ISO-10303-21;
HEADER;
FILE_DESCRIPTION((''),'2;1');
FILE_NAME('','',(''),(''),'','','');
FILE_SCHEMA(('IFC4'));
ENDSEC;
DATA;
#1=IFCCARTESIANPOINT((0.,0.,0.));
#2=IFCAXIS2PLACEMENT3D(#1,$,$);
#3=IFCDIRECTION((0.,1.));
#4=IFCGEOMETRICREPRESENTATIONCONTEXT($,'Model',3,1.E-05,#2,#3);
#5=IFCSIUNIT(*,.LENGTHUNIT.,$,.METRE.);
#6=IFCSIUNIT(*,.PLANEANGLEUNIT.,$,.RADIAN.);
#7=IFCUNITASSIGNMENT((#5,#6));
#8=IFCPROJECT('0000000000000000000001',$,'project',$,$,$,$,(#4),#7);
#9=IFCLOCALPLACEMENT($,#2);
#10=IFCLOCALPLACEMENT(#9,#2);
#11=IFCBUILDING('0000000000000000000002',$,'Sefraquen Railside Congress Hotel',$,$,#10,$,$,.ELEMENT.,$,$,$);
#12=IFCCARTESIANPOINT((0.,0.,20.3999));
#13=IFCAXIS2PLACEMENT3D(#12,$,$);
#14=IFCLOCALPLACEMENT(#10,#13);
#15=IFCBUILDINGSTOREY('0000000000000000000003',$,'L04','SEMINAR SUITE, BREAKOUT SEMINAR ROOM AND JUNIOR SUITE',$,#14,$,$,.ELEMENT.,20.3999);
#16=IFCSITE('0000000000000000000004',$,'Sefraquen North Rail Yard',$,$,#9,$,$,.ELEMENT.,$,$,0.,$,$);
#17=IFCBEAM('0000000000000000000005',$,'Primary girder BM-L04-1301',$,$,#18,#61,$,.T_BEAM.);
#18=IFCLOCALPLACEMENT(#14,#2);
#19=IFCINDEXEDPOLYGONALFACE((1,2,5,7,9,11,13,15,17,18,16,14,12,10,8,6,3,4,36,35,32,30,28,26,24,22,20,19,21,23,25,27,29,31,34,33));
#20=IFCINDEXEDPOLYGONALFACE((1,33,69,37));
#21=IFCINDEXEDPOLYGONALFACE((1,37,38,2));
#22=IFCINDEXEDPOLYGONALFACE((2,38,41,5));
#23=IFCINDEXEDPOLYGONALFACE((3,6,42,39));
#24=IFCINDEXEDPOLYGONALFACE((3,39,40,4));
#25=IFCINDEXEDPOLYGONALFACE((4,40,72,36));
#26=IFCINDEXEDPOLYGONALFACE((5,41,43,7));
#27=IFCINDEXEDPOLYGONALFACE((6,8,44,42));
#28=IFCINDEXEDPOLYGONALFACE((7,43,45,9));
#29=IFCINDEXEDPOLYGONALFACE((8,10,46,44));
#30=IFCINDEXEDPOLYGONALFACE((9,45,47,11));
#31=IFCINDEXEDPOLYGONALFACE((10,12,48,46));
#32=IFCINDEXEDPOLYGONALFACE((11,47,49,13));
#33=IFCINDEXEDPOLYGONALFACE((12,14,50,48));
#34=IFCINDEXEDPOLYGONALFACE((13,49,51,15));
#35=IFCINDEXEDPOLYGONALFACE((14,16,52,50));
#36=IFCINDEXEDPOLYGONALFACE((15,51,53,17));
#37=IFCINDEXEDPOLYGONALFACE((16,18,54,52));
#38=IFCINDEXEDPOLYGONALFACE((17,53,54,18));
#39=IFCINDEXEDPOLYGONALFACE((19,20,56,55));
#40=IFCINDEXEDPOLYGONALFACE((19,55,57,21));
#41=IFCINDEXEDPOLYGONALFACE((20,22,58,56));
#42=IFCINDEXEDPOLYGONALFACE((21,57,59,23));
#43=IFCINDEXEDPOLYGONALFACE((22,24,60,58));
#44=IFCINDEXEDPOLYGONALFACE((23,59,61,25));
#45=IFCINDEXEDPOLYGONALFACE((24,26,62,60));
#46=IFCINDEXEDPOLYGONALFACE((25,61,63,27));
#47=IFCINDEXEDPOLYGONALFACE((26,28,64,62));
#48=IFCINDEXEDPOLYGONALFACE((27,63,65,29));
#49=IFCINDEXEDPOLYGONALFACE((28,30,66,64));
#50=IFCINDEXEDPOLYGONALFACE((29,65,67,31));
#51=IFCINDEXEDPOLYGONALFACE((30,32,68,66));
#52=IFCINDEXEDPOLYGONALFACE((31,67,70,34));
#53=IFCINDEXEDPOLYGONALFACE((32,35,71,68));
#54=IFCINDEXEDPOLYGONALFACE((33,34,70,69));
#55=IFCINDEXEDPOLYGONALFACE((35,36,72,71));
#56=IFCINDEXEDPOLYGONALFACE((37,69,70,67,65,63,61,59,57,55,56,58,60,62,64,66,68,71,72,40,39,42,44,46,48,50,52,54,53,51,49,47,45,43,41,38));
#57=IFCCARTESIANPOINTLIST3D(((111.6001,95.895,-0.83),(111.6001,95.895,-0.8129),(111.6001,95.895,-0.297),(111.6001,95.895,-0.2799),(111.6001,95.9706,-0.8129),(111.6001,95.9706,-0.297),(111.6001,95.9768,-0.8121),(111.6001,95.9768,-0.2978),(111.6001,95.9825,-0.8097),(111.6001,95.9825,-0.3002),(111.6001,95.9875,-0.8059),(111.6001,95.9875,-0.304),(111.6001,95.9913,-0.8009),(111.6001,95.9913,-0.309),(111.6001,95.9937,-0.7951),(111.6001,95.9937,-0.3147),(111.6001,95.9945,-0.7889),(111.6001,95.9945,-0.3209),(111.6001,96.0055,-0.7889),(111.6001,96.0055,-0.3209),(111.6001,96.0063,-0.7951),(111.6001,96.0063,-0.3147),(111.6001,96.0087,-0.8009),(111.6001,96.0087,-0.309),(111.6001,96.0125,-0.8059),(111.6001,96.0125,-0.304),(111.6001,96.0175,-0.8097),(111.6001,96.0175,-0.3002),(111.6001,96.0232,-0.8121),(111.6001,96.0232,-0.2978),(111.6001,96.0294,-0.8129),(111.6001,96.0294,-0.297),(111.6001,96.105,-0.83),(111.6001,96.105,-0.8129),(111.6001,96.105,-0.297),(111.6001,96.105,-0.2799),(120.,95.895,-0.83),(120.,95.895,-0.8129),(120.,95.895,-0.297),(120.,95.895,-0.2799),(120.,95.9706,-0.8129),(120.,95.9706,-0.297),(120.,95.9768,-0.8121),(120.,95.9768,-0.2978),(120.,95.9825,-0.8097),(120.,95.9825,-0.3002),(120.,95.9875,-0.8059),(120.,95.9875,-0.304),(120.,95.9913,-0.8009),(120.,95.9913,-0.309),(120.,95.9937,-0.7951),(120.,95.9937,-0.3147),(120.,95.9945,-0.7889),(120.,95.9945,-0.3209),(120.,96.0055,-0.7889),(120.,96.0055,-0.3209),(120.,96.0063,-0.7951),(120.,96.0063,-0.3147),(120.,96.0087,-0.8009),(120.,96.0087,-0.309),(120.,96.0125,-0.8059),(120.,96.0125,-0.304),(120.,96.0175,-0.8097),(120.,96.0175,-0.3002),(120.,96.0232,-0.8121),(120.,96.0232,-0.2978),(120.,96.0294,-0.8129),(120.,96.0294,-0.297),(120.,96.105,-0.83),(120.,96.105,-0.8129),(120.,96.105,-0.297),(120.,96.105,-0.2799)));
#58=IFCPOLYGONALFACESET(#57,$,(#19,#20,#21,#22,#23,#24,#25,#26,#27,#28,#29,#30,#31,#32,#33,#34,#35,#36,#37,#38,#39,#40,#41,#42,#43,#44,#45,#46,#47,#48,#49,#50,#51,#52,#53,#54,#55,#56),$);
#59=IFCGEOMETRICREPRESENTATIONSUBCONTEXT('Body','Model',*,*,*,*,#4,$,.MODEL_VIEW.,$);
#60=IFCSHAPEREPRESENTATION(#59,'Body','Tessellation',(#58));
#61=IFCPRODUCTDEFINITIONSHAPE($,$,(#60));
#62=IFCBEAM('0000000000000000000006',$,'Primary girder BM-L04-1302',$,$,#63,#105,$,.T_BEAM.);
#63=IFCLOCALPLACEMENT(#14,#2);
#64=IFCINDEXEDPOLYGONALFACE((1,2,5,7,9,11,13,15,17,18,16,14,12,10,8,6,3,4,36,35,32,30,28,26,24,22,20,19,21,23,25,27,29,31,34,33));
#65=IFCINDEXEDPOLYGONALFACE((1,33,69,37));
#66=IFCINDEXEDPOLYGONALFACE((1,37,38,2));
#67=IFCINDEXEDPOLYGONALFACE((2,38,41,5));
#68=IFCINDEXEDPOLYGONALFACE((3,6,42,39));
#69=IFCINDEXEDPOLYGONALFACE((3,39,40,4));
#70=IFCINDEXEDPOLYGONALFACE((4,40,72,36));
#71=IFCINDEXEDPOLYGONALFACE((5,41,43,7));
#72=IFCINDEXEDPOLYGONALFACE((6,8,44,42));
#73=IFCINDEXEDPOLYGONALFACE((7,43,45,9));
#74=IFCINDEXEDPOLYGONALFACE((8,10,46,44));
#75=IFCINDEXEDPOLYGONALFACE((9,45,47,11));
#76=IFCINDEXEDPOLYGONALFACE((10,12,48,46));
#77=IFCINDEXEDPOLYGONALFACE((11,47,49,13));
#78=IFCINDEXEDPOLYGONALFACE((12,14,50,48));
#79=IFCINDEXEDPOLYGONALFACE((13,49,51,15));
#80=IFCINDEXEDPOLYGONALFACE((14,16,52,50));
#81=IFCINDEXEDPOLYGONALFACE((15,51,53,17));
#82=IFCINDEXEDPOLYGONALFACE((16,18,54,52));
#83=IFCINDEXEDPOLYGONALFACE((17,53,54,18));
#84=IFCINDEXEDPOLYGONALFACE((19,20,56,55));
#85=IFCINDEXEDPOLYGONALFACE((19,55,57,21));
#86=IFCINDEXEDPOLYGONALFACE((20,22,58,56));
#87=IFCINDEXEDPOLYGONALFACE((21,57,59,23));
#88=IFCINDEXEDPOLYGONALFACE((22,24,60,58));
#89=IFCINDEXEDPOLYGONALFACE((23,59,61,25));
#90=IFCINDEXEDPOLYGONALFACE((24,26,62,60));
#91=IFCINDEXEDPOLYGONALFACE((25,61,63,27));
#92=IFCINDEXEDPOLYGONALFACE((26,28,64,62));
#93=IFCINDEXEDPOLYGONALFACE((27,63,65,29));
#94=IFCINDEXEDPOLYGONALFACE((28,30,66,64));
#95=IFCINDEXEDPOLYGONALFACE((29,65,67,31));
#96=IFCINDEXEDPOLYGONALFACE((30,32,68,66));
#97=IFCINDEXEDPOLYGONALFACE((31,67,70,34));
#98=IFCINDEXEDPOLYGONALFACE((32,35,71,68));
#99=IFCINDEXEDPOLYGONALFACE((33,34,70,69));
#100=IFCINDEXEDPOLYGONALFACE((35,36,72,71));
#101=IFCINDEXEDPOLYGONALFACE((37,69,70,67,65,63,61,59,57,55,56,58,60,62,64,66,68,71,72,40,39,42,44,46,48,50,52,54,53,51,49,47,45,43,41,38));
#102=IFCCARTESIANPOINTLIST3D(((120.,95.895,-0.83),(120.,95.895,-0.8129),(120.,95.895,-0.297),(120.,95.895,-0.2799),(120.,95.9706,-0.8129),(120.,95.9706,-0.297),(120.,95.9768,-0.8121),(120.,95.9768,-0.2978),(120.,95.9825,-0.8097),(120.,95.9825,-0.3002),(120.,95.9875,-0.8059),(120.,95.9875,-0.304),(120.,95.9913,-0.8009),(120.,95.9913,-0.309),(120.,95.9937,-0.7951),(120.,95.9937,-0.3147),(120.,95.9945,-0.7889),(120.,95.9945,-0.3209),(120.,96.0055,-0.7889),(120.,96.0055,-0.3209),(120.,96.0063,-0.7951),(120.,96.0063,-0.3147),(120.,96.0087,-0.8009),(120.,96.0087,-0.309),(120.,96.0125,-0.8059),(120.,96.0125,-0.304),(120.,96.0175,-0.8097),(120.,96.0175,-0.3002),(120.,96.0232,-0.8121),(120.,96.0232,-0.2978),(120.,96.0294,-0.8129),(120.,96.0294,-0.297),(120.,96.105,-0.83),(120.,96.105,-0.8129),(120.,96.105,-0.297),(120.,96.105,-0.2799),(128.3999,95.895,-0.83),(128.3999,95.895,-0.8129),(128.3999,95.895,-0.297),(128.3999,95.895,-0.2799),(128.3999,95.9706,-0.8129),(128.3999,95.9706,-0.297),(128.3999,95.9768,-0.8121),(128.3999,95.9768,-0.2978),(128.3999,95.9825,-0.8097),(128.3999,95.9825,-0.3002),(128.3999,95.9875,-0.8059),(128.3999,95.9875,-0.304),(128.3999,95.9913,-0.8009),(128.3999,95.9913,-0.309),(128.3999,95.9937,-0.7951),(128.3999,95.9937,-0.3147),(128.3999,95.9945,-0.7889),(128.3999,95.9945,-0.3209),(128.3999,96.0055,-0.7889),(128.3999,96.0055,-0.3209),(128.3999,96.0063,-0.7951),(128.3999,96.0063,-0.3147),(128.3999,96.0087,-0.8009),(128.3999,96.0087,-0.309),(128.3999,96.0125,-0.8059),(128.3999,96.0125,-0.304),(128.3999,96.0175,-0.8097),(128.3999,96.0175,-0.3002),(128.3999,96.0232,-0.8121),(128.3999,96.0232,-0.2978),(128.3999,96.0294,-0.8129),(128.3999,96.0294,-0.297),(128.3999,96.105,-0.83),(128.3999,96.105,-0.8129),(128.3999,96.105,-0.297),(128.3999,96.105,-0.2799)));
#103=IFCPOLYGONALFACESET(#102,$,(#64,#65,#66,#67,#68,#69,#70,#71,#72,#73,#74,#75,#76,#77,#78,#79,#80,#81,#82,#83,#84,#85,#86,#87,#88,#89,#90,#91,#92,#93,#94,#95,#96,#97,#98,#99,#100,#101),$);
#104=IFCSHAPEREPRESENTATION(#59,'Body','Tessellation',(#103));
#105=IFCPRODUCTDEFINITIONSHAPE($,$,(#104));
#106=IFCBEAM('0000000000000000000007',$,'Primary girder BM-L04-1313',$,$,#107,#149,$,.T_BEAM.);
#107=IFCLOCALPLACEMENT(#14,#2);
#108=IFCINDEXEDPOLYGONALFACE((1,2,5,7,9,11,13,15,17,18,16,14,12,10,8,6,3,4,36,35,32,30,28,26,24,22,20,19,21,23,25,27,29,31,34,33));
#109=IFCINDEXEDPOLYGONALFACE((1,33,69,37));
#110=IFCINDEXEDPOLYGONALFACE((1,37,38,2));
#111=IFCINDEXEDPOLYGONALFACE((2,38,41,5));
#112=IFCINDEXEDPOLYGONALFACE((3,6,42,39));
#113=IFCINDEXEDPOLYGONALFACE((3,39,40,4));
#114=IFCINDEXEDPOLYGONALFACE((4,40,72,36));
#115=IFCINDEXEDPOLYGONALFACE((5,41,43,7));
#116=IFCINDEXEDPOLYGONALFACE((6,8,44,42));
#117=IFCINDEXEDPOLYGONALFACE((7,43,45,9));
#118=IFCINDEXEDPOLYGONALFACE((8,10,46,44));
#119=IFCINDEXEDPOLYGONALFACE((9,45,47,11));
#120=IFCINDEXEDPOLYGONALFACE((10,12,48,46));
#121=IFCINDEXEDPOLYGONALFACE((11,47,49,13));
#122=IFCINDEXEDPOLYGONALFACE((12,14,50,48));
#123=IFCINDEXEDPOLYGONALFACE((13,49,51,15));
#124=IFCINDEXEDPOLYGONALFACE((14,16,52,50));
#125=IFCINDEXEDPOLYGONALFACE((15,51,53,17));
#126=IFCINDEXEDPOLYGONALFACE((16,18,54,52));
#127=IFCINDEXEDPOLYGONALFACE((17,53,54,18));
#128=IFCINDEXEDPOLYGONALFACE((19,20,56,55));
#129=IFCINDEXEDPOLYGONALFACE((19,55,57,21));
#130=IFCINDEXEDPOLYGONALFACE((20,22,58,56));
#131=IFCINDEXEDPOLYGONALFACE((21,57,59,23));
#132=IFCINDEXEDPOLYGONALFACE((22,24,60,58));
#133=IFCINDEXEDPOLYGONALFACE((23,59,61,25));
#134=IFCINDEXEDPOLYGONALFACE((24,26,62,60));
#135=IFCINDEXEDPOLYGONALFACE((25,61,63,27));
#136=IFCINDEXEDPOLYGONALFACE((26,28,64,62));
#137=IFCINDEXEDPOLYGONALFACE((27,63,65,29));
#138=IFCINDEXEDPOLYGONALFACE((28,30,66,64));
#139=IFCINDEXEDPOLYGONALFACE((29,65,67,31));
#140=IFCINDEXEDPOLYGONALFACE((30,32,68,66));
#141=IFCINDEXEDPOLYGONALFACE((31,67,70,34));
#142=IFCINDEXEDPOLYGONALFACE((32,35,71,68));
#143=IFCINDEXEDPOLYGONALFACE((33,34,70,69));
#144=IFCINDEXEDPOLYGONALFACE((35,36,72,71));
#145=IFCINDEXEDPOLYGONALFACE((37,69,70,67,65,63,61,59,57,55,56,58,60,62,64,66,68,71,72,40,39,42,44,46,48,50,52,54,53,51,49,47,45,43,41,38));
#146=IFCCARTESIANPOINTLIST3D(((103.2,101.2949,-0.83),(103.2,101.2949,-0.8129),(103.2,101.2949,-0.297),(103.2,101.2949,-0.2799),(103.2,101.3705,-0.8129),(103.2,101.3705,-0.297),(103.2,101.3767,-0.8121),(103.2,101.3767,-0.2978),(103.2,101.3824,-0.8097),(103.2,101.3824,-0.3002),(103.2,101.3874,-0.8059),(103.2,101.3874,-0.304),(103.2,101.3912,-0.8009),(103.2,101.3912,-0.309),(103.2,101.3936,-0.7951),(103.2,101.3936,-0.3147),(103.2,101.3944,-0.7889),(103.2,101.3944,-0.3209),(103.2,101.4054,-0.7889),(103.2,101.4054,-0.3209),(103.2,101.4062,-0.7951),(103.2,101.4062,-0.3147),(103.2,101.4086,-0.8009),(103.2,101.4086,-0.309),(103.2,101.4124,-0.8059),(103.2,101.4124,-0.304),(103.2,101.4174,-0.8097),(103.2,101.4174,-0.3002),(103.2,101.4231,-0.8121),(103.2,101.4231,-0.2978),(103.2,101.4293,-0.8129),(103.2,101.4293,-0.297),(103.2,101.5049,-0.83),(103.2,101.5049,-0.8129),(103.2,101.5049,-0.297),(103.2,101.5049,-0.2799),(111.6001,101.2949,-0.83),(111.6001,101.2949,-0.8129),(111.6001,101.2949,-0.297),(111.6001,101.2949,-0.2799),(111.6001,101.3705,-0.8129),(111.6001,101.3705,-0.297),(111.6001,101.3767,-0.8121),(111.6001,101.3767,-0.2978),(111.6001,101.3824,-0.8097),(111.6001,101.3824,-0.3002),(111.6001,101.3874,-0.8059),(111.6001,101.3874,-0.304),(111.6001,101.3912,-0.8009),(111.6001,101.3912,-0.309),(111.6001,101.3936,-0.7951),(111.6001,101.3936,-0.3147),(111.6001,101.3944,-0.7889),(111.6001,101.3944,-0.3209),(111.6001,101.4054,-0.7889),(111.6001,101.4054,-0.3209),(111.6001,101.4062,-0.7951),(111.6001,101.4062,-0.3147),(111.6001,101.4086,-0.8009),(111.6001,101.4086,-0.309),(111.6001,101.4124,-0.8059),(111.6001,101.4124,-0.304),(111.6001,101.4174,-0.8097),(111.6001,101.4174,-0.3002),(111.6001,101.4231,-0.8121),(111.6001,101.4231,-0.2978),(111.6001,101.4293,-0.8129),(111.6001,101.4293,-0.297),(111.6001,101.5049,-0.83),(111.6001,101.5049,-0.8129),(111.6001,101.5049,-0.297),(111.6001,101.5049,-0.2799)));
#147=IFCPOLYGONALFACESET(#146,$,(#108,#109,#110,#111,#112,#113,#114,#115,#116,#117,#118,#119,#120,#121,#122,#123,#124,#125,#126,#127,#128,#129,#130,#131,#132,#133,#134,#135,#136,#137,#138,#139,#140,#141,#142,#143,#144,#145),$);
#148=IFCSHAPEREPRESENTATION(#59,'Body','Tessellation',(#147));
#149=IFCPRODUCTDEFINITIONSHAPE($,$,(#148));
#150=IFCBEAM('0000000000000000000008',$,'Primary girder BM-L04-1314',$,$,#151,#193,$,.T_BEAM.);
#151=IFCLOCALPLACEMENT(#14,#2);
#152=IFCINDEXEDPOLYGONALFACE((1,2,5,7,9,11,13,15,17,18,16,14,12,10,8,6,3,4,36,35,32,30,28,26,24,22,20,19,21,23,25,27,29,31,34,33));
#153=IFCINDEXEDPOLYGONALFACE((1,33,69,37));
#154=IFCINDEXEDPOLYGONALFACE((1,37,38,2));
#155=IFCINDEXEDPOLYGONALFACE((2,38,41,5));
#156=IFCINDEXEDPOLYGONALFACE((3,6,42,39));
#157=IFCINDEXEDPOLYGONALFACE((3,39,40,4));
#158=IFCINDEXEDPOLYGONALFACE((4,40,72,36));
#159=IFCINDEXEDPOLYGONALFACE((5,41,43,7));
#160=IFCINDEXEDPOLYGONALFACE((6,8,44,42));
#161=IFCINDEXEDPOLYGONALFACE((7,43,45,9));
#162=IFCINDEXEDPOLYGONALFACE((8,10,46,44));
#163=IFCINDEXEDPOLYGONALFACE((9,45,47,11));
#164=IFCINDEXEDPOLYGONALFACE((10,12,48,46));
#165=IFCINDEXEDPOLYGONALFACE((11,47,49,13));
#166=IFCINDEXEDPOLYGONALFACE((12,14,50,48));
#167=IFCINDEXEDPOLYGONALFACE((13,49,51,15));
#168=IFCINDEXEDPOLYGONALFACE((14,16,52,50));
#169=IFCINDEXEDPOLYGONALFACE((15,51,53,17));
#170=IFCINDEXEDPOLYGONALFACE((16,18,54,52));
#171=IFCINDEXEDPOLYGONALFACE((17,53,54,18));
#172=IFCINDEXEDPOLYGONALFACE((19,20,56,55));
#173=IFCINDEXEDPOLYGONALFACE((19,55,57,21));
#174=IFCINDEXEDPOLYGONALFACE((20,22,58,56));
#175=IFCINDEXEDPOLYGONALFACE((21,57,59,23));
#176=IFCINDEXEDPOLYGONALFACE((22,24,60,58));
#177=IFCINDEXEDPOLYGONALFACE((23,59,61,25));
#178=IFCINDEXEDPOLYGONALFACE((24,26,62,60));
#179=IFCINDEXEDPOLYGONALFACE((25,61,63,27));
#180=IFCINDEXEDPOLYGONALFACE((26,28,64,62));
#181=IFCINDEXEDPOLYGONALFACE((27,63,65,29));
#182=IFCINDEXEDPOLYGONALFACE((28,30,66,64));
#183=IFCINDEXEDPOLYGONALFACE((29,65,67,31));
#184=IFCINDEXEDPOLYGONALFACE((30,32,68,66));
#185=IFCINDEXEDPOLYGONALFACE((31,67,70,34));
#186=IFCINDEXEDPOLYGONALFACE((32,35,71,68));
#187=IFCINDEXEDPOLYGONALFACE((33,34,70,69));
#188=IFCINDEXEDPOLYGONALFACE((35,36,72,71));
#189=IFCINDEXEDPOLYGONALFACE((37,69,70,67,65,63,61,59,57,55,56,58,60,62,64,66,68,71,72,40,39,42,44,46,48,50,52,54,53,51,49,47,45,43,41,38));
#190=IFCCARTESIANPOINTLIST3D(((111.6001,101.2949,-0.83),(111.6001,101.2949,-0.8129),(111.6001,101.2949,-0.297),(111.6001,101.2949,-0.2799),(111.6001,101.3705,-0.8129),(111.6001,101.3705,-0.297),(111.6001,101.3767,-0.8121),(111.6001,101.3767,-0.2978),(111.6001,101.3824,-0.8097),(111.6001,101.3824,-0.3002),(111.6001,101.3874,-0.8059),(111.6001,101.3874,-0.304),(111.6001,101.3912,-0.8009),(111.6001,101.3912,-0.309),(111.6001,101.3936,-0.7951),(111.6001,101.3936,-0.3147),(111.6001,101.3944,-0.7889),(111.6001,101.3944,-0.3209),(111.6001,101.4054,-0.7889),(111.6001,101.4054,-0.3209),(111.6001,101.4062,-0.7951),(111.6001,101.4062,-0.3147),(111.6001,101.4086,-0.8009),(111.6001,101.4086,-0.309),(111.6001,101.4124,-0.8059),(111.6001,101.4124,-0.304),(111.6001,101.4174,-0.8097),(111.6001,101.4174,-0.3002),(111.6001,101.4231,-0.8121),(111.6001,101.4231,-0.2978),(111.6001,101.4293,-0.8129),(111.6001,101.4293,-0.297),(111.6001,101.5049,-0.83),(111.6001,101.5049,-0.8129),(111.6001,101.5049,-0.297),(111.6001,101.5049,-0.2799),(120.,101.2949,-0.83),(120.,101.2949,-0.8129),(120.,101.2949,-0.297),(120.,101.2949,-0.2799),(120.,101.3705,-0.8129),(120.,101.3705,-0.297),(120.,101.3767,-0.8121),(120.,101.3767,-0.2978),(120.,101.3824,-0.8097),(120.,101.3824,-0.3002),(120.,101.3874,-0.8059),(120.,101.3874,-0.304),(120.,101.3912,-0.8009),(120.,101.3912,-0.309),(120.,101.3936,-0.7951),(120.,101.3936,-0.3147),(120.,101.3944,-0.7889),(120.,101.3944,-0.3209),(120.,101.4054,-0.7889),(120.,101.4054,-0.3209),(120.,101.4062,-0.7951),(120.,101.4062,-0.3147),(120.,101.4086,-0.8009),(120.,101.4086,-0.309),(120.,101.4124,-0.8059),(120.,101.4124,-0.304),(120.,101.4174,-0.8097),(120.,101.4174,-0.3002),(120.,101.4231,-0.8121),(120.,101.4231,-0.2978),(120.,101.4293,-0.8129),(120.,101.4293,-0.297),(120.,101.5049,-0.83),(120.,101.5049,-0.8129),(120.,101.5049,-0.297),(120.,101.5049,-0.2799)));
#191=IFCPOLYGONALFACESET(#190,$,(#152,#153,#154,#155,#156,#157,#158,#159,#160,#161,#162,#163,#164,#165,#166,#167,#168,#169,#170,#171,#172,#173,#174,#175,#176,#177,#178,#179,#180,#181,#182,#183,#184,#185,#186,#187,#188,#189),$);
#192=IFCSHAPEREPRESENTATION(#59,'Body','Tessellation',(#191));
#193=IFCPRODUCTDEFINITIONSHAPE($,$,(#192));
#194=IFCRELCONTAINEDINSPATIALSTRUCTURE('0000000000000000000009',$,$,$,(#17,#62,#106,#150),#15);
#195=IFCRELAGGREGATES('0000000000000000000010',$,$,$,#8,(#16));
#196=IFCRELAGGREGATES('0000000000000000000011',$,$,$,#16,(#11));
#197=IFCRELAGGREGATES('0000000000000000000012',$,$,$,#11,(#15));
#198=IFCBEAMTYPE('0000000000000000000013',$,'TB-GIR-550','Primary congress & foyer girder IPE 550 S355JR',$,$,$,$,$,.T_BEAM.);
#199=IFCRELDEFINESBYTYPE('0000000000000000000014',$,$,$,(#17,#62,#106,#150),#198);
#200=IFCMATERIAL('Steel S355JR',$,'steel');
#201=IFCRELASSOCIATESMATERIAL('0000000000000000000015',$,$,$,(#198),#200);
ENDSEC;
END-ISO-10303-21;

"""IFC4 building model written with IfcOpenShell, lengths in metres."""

from ifc_helpers import new_model, si_unit, direction, frame, origin, origin_2d, place, context, subcontext, project, spatial, i_section, extrude, material, material_profile, profile_set, type_object, element, save


model = new_model("IFC4")

# Units and contexts
model_context = context("Model", 3, precision=1e-05, world=origin(), true_north=direction((0.0, 1.0)))
body_context = subcontext(model_context, "Body", "Model", "MODEL_VIEW")
ifc_project = project(units=[si_unit("LENGTHUNIT", "METRE"), si_unit("PLANEANGLEUNIT", "RADIAN")], contexts=[model_context])

# Site, building, storey
site_placement = place(None, origin())
site = spatial("IfcSite", under=ifc_project, at=site_placement, Name="Sefraquen North Rail Yard", CompositionType="ELEMENT", RefElevation=0.0)
building_placement = place(site_placement, origin())
building = spatial("IfcBuilding", under=site, at=building_placement, Name="Sefraquen Railside Congress Hotel", CompositionType="ELEMENT")
storey_placement = place(building_placement, frame((0.0, 0.0, 20.3999)))
storey = spatial("IfcBuildingStorey", under=building, at=storey_placement, Name="L04", Description="SEMINAR SUITE, BREAKOUT SEMINAR ROOM AND JUNIOR SUITE", CompositionType="ELEMENT", Elevation=20.3999)

# Shared definitions
ifc_material_1 = material(Name="Steel S355JR", Category="steel")

# Beams
ifc_material_profile_1 = material_profile(ifc_material_1, i_section(OverallWidth=0.21, OverallDepth=0.55, WebThickness=0.011, FlangeThickness=0.0171, FilletRadius=0.0239, at=origin_2d()), Name="IPE 550")
ifc_profile_set_1 = profile_set([ifc_material_profile_1], Name="Steel S355JR")
beam_type_1 = type_object("IfcBeamType", Name="TB-GIR-550", Description="Primary congress & foyer girder IPE 550 S355JR", PredefinedType="T_BEAM", material=ifc_profile_set_1)
for number, where, z_axis, x_axis, name in (
    (1, (111.6001, 96.0, -0.5549), (1.0, 0.0, 0.0), (0.0, 1.0, 0.0), "Primary girder BM-L04-1301"),
    (2, (120.0, 96.0, -0.5549), (1.0, 0.0, 0.0), (0.0, 1.0, 0.0), "Primary girder BM-L04-1302"),
):
    element("IfcBeam", number, at=place(storey_placement, frame(where, z_axis=z_axis, x_axis=x_axis)), inside=storey, type_object=beam_type_1, Name=name, PredefinedType="T_BEAM", context=body_context, shape_type="SweptSolid", body=[
        extrude(i_section(OverallWidth=0.21, OverallDepth=0.55, WebThickness=0.011, FlangeThickness=0.0171, FilletRadius=0.0239, at=origin_2d()), origin(), (0.0, 0.0, 1.0), 8.3999),
    ])
beam_1_placement = place(storey_placement, frame((103.2, 101.3999, -0.5549), z_axis=(1.0, 0.0, 0.0), x_axis=(0.0, 1.0, 0.0)))
element("IfcBeam", 3, at=beam_1_placement, inside=storey, type_object=beam_type_1, Name="Primary girder BM-L04-1313", PredefinedType="T_BEAM", context=body_context, shape_type="SweptSolid", body=[
    extrude(i_section(OverallWidth=0.21, OverallDepth=0.55, WebThickness=0.011, FlangeThickness=0.0171, FilletRadius=0.0239, at=origin_2d()), origin(), (0.0, 0.0, 1.0), 8.4001),
])
beam_2_placement = place(storey_placement, frame((111.6001, 101.3999, -0.5549), z_axis=(1.0, 0.0, 0.0), x_axis=(0.0, 1.0, 0.0)))
element("IfcBeam", 4, at=beam_2_placement, inside=storey, type_object=beam_type_1, Name="Primary girder BM-L04-1314", PredefinedType="T_BEAM", context=body_context, shape_type="SweptSolid", body=[
    extrude(i_section(OverallWidth=0.21, OverallDepth=0.55, WebThickness=0.011, FlangeThickness=0.0171, FilletRadius=0.0239, at=origin_2d()), origin(), (0.0, 0.0, 1.0), 8.3999),
])

save(model, "model.ifc")
